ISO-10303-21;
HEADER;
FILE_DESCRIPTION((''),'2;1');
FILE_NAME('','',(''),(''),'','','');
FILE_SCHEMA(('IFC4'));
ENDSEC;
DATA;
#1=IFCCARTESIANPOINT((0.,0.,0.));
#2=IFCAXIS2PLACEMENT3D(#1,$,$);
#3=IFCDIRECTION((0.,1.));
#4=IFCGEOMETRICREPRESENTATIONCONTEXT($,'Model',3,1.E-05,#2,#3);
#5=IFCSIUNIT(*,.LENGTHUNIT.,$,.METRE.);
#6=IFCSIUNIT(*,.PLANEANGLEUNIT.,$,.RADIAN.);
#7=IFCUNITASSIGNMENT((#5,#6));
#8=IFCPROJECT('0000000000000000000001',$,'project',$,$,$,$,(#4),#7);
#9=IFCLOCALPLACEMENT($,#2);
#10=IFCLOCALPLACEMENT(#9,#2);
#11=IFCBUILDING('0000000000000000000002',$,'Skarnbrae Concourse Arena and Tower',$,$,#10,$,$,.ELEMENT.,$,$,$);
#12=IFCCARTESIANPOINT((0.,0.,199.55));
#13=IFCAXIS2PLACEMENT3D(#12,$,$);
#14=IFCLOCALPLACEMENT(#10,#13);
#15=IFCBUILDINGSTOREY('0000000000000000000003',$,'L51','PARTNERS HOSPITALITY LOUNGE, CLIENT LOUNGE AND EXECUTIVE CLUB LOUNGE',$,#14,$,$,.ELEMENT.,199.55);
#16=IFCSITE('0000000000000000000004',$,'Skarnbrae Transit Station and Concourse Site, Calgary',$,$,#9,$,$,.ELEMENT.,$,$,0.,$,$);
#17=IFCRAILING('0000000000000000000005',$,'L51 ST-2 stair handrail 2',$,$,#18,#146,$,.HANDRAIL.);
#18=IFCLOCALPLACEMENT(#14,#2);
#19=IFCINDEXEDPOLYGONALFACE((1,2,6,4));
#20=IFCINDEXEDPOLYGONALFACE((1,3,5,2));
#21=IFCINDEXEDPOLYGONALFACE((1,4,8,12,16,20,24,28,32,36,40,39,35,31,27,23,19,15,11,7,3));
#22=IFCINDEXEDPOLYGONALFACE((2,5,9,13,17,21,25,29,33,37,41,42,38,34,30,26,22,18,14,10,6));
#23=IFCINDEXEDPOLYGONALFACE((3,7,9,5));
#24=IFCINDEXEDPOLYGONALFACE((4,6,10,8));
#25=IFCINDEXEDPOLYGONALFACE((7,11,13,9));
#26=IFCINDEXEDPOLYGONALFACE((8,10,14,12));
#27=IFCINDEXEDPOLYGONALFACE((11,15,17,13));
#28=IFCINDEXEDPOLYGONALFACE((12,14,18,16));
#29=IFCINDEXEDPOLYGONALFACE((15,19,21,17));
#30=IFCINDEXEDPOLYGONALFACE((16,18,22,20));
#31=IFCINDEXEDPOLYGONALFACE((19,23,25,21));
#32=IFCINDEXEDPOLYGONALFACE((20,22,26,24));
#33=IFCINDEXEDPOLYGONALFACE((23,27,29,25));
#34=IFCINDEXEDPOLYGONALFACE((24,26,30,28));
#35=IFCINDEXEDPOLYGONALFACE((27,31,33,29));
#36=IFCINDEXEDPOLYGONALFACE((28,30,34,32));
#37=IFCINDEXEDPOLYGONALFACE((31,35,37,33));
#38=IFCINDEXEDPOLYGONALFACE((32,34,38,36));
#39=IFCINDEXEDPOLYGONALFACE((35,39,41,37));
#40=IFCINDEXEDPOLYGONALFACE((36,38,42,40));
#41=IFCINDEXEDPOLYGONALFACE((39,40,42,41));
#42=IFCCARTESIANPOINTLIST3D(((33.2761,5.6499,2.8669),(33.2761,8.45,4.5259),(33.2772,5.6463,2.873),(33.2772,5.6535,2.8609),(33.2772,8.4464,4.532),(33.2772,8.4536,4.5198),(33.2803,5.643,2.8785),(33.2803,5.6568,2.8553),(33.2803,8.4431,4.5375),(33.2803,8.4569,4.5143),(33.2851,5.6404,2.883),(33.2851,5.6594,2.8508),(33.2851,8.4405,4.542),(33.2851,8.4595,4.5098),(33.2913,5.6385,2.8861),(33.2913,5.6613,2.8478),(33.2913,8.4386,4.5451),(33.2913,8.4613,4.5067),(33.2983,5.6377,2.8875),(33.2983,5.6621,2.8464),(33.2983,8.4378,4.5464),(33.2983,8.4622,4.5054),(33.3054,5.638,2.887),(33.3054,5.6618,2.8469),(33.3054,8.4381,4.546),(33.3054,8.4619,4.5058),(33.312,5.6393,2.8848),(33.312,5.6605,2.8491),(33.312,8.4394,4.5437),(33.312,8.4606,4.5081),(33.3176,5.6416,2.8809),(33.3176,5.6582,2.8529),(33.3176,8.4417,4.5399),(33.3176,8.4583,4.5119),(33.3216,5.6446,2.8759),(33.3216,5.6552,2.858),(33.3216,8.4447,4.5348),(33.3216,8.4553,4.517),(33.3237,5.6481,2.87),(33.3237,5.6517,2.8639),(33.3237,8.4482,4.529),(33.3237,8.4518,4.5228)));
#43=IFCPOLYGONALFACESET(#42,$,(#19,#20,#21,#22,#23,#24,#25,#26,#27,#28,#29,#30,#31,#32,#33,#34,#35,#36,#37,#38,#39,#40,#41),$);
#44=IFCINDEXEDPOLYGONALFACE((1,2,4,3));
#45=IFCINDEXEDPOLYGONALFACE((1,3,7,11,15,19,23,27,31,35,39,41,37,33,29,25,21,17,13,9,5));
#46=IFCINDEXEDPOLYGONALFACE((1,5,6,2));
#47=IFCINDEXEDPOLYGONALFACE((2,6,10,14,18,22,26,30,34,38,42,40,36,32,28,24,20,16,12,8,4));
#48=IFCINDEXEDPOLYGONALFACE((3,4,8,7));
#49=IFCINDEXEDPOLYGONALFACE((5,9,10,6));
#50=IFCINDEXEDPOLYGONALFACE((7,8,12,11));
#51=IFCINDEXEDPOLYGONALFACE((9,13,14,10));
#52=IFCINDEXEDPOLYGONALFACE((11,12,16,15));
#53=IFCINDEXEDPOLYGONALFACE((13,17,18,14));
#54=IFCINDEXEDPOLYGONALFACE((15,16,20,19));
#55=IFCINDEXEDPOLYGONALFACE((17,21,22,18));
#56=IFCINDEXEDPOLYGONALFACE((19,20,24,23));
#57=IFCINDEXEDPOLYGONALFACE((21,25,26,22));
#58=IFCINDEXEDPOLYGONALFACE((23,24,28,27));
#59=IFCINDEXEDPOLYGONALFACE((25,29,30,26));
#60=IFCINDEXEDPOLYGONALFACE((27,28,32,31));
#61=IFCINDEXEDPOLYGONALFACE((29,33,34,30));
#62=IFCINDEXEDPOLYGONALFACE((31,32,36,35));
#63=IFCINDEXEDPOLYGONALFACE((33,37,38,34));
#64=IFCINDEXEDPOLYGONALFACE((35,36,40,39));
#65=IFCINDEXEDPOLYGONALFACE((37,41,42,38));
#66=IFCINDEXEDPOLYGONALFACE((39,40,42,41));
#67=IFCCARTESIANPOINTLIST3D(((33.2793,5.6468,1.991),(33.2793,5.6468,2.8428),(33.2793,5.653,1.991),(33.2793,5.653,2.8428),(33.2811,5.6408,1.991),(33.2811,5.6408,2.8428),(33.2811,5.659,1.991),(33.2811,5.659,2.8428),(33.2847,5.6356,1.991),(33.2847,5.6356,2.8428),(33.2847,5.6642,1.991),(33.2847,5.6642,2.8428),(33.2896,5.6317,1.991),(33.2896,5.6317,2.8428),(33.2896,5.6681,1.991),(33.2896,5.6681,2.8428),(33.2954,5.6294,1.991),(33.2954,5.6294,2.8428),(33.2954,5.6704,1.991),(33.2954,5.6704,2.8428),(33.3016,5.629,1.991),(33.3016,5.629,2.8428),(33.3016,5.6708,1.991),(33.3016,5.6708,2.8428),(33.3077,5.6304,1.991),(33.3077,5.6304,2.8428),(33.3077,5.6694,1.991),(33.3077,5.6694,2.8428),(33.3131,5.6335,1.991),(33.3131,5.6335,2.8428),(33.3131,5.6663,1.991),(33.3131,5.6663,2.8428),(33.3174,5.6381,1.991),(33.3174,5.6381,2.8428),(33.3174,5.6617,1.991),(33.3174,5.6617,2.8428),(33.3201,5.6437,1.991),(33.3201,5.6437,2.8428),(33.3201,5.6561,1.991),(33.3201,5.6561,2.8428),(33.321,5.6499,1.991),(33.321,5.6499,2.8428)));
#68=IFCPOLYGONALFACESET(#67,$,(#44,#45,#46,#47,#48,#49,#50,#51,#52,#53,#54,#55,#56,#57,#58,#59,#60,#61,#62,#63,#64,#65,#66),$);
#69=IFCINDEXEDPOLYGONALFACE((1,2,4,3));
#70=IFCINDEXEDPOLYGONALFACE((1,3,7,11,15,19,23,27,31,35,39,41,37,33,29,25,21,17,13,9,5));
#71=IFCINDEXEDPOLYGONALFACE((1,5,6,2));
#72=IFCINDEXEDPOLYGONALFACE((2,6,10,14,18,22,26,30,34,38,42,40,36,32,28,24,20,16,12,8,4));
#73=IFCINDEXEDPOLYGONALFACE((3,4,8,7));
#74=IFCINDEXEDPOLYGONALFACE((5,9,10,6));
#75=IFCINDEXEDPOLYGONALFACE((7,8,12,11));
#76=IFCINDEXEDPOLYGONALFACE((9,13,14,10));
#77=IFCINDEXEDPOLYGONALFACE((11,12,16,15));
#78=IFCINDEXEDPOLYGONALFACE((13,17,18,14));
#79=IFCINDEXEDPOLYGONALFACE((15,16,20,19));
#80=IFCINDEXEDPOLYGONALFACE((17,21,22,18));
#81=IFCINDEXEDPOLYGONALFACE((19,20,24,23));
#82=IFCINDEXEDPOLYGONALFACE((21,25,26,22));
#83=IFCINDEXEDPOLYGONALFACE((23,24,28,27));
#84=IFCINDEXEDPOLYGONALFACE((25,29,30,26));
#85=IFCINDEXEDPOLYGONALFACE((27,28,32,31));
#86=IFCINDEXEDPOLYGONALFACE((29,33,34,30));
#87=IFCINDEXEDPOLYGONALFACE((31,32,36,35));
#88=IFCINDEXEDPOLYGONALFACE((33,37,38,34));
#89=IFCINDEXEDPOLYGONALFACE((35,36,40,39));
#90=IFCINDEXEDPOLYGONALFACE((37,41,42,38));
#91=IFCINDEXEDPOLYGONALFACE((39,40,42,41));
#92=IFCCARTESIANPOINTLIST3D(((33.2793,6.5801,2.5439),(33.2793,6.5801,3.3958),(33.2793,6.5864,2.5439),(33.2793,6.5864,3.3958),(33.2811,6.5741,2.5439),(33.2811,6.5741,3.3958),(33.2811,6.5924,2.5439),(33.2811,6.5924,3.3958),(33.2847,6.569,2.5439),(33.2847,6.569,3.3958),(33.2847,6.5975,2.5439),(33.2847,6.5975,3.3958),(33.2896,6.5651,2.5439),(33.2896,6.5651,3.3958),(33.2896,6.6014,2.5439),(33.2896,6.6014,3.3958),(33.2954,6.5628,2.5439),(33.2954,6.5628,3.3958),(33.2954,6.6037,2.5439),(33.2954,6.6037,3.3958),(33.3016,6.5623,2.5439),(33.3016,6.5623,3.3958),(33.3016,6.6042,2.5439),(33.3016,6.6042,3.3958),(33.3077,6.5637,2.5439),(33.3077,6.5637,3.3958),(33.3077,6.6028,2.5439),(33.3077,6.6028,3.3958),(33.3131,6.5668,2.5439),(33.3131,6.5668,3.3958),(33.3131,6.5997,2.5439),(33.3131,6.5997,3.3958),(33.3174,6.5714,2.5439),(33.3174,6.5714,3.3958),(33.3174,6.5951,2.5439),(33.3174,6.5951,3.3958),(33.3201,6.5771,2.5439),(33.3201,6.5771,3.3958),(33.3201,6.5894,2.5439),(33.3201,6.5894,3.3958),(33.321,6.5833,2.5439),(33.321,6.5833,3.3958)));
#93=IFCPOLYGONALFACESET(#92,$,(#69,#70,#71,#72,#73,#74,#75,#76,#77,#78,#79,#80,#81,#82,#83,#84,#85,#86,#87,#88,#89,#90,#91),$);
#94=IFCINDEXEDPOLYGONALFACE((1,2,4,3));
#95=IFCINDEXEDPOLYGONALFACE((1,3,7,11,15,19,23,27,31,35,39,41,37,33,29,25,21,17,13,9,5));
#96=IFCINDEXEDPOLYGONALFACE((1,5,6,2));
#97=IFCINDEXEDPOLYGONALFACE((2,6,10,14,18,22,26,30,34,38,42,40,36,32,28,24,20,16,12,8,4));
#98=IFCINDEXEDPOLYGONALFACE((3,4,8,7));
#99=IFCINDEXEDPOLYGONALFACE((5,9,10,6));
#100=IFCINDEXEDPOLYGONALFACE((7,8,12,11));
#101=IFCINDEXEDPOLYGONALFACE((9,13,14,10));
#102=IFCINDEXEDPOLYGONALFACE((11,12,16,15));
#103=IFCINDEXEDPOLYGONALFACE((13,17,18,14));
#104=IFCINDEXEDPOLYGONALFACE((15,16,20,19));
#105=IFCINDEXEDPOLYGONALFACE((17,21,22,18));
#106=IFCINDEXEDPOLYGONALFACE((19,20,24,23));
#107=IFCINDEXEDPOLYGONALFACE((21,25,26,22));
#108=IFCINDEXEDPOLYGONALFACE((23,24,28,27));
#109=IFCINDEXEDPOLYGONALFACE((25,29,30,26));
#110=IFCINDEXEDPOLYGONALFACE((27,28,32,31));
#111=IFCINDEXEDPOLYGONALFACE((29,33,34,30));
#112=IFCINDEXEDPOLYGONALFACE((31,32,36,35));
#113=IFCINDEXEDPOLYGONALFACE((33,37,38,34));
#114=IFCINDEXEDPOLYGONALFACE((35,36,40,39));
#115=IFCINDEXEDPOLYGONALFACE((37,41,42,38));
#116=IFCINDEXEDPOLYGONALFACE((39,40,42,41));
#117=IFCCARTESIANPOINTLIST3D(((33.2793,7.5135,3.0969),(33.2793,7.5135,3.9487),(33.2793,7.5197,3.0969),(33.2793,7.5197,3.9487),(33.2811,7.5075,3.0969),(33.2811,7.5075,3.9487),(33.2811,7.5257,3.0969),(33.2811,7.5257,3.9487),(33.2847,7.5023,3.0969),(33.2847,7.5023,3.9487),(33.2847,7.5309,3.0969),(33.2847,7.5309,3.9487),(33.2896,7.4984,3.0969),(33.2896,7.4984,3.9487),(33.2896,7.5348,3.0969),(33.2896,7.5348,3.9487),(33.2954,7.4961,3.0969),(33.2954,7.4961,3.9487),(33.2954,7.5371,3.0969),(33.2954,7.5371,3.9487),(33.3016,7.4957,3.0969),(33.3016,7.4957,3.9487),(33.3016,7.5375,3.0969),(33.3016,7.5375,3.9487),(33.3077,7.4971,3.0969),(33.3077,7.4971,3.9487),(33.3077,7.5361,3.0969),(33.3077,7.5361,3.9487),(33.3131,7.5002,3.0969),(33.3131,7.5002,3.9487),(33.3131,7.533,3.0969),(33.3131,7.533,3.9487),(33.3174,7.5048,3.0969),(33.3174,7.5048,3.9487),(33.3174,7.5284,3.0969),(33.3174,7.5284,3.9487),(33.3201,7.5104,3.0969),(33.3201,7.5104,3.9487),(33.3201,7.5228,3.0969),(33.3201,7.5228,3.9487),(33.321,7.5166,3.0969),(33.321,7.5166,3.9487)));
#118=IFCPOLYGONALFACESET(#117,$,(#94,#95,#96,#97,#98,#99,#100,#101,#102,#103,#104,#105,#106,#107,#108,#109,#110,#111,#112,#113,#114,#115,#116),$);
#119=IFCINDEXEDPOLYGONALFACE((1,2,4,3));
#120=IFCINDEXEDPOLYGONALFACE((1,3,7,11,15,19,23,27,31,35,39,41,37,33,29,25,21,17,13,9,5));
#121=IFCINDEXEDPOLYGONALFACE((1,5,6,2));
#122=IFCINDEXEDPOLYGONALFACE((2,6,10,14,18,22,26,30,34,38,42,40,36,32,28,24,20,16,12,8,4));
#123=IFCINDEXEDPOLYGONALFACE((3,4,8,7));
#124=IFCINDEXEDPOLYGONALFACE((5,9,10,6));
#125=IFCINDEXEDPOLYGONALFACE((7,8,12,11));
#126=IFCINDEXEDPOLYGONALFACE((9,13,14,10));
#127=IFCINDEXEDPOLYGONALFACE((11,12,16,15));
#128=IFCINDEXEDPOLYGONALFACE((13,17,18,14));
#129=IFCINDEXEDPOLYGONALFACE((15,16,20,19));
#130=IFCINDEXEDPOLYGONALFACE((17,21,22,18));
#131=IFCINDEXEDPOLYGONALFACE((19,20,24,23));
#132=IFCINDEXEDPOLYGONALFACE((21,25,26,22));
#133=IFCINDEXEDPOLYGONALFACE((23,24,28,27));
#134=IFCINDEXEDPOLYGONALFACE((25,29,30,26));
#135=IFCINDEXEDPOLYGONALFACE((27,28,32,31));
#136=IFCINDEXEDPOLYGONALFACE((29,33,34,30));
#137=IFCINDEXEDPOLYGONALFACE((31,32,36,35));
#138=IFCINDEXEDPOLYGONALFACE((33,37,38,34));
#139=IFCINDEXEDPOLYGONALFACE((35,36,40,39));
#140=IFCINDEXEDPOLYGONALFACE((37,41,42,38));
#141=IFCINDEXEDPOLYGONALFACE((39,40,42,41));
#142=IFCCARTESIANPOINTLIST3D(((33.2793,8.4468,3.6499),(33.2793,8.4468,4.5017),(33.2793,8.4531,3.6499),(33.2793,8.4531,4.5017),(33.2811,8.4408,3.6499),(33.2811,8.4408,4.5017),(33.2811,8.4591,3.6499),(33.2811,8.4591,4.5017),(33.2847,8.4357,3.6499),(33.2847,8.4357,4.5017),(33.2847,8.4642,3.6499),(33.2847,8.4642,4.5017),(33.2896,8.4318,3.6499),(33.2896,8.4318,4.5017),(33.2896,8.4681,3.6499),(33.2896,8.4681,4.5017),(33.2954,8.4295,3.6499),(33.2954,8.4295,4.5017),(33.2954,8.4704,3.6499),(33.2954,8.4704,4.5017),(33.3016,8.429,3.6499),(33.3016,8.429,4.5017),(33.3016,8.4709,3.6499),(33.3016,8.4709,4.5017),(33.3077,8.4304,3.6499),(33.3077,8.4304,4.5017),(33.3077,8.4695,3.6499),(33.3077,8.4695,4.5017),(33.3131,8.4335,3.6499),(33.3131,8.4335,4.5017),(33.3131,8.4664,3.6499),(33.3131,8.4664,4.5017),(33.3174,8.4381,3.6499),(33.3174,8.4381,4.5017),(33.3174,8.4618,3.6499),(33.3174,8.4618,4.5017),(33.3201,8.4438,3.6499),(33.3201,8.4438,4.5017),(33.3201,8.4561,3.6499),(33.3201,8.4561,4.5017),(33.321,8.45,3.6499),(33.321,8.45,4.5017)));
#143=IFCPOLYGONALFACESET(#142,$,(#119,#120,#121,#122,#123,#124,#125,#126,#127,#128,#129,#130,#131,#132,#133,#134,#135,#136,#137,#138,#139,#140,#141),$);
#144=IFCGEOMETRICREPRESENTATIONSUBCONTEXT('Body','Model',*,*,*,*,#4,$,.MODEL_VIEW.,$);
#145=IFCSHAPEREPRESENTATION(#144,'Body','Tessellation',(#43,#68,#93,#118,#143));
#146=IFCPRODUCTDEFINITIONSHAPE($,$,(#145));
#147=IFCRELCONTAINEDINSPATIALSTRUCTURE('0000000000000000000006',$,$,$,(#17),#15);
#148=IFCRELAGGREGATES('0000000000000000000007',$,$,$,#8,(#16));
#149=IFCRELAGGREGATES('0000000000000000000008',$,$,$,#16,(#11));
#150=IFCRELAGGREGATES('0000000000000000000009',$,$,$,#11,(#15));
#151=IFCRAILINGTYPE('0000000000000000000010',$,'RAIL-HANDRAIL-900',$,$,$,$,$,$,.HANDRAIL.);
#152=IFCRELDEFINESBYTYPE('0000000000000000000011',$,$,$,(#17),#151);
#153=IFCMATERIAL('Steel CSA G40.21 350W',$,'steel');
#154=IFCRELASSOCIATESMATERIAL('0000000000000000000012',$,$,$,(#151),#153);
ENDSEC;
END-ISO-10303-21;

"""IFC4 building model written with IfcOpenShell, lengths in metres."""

from ifc_helpers import new_model, si_unit, direction, frame, origin, origin_2d, place, context, subcontext, project, spatial, circle, extrude, material, type_object, element, save


model = new_model("IFC4")

# Units and contexts
model_context = context("Model", 3, precision=1e-05, world=origin(), true_north=direction((0.0, 1.0)))
body_context = subcontext(model_context, "Body", "Model", "MODEL_VIEW")
ifc_project = project(units=[si_unit("LENGTHUNIT", "METRE"), si_unit("PLANEANGLEUNIT", "RADIAN")], contexts=[model_context])

# Site, building, storey
site_placement = place(None, origin())
site = spatial("IfcSite", under=ifc_project, at=site_placement, Name="Skarnbrae Transit Station and Concourse Site, Calgary", CompositionType="ELEMENT", RefElevation=0.0)
building_placement = place(site_placement, origin())
building = spatial("IfcBuilding", under=site, at=building_placement, Name="Skarnbrae Concourse Arena and Tower", CompositionType="ELEMENT")
storey_placement = place(building_placement, frame((0.0, 0.0, 199.55)))
storey = spatial("IfcBuildingStorey", under=building, at=storey_placement, Name="L51", Description="PARTNERS HOSPITALITY LOUNGE, CLIENT LOUNGE AND EXECUTIVE CLUB LOUNGE", CompositionType="ELEMENT", Elevation=199.55)

# Shared definitions
ifc_material_1 = material(Name="Steel CSA G40.21 350W", Category="steel")

# Railing
railing_type_1 = type_object("IfcRailingType", Name="RAIL-HANDRAIL-900", PredefinedType="HANDRAIL", material=ifc_material_1)
railing_1_placement = place(storey_placement, frame((33.3, 5.6499, 1.991)))
element("IfcRailing", 1, at=railing_1_placement, inside=storey, type_object=railing_type_1, Name="L51 ST-2 stair handrail 2", PredefinedType="HANDRAIL", context=body_context, shape_type="SweptSolid", body=[
    extrude(circle(Radius=0.0239, at=origin_2d()), frame((0.0, 0.0, 0.876), z_axis=(0.0, 0.860339, 0.509722), x_axis=(-1.0, 0.0, 0.0)), (0.0, 0.0, 1.0), 3.2546),
    extrude(circle(Radius=0.021, at=origin_2d()), origin(), (0.0, 0.0, 1.0), 0.8518),
    extrude(circle(Radius=0.021, at=origin_2d()), frame((0.0, 0.9333, 0.553)), (0.0, 0.0, 1.0), 0.8518),
    extrude(circle(Radius=0.021, at=origin_2d()), frame((0.0, 1.8667, 1.106)), (0.0, 0.0, 1.0), 0.8518),
    extrude(circle(Radius=0.021, at=origin_2d()), frame((0.0, 2.8, 1.6589)), (0.0, 0.0, 1.0), 0.8518),
])

save(model, "model.ifc")
